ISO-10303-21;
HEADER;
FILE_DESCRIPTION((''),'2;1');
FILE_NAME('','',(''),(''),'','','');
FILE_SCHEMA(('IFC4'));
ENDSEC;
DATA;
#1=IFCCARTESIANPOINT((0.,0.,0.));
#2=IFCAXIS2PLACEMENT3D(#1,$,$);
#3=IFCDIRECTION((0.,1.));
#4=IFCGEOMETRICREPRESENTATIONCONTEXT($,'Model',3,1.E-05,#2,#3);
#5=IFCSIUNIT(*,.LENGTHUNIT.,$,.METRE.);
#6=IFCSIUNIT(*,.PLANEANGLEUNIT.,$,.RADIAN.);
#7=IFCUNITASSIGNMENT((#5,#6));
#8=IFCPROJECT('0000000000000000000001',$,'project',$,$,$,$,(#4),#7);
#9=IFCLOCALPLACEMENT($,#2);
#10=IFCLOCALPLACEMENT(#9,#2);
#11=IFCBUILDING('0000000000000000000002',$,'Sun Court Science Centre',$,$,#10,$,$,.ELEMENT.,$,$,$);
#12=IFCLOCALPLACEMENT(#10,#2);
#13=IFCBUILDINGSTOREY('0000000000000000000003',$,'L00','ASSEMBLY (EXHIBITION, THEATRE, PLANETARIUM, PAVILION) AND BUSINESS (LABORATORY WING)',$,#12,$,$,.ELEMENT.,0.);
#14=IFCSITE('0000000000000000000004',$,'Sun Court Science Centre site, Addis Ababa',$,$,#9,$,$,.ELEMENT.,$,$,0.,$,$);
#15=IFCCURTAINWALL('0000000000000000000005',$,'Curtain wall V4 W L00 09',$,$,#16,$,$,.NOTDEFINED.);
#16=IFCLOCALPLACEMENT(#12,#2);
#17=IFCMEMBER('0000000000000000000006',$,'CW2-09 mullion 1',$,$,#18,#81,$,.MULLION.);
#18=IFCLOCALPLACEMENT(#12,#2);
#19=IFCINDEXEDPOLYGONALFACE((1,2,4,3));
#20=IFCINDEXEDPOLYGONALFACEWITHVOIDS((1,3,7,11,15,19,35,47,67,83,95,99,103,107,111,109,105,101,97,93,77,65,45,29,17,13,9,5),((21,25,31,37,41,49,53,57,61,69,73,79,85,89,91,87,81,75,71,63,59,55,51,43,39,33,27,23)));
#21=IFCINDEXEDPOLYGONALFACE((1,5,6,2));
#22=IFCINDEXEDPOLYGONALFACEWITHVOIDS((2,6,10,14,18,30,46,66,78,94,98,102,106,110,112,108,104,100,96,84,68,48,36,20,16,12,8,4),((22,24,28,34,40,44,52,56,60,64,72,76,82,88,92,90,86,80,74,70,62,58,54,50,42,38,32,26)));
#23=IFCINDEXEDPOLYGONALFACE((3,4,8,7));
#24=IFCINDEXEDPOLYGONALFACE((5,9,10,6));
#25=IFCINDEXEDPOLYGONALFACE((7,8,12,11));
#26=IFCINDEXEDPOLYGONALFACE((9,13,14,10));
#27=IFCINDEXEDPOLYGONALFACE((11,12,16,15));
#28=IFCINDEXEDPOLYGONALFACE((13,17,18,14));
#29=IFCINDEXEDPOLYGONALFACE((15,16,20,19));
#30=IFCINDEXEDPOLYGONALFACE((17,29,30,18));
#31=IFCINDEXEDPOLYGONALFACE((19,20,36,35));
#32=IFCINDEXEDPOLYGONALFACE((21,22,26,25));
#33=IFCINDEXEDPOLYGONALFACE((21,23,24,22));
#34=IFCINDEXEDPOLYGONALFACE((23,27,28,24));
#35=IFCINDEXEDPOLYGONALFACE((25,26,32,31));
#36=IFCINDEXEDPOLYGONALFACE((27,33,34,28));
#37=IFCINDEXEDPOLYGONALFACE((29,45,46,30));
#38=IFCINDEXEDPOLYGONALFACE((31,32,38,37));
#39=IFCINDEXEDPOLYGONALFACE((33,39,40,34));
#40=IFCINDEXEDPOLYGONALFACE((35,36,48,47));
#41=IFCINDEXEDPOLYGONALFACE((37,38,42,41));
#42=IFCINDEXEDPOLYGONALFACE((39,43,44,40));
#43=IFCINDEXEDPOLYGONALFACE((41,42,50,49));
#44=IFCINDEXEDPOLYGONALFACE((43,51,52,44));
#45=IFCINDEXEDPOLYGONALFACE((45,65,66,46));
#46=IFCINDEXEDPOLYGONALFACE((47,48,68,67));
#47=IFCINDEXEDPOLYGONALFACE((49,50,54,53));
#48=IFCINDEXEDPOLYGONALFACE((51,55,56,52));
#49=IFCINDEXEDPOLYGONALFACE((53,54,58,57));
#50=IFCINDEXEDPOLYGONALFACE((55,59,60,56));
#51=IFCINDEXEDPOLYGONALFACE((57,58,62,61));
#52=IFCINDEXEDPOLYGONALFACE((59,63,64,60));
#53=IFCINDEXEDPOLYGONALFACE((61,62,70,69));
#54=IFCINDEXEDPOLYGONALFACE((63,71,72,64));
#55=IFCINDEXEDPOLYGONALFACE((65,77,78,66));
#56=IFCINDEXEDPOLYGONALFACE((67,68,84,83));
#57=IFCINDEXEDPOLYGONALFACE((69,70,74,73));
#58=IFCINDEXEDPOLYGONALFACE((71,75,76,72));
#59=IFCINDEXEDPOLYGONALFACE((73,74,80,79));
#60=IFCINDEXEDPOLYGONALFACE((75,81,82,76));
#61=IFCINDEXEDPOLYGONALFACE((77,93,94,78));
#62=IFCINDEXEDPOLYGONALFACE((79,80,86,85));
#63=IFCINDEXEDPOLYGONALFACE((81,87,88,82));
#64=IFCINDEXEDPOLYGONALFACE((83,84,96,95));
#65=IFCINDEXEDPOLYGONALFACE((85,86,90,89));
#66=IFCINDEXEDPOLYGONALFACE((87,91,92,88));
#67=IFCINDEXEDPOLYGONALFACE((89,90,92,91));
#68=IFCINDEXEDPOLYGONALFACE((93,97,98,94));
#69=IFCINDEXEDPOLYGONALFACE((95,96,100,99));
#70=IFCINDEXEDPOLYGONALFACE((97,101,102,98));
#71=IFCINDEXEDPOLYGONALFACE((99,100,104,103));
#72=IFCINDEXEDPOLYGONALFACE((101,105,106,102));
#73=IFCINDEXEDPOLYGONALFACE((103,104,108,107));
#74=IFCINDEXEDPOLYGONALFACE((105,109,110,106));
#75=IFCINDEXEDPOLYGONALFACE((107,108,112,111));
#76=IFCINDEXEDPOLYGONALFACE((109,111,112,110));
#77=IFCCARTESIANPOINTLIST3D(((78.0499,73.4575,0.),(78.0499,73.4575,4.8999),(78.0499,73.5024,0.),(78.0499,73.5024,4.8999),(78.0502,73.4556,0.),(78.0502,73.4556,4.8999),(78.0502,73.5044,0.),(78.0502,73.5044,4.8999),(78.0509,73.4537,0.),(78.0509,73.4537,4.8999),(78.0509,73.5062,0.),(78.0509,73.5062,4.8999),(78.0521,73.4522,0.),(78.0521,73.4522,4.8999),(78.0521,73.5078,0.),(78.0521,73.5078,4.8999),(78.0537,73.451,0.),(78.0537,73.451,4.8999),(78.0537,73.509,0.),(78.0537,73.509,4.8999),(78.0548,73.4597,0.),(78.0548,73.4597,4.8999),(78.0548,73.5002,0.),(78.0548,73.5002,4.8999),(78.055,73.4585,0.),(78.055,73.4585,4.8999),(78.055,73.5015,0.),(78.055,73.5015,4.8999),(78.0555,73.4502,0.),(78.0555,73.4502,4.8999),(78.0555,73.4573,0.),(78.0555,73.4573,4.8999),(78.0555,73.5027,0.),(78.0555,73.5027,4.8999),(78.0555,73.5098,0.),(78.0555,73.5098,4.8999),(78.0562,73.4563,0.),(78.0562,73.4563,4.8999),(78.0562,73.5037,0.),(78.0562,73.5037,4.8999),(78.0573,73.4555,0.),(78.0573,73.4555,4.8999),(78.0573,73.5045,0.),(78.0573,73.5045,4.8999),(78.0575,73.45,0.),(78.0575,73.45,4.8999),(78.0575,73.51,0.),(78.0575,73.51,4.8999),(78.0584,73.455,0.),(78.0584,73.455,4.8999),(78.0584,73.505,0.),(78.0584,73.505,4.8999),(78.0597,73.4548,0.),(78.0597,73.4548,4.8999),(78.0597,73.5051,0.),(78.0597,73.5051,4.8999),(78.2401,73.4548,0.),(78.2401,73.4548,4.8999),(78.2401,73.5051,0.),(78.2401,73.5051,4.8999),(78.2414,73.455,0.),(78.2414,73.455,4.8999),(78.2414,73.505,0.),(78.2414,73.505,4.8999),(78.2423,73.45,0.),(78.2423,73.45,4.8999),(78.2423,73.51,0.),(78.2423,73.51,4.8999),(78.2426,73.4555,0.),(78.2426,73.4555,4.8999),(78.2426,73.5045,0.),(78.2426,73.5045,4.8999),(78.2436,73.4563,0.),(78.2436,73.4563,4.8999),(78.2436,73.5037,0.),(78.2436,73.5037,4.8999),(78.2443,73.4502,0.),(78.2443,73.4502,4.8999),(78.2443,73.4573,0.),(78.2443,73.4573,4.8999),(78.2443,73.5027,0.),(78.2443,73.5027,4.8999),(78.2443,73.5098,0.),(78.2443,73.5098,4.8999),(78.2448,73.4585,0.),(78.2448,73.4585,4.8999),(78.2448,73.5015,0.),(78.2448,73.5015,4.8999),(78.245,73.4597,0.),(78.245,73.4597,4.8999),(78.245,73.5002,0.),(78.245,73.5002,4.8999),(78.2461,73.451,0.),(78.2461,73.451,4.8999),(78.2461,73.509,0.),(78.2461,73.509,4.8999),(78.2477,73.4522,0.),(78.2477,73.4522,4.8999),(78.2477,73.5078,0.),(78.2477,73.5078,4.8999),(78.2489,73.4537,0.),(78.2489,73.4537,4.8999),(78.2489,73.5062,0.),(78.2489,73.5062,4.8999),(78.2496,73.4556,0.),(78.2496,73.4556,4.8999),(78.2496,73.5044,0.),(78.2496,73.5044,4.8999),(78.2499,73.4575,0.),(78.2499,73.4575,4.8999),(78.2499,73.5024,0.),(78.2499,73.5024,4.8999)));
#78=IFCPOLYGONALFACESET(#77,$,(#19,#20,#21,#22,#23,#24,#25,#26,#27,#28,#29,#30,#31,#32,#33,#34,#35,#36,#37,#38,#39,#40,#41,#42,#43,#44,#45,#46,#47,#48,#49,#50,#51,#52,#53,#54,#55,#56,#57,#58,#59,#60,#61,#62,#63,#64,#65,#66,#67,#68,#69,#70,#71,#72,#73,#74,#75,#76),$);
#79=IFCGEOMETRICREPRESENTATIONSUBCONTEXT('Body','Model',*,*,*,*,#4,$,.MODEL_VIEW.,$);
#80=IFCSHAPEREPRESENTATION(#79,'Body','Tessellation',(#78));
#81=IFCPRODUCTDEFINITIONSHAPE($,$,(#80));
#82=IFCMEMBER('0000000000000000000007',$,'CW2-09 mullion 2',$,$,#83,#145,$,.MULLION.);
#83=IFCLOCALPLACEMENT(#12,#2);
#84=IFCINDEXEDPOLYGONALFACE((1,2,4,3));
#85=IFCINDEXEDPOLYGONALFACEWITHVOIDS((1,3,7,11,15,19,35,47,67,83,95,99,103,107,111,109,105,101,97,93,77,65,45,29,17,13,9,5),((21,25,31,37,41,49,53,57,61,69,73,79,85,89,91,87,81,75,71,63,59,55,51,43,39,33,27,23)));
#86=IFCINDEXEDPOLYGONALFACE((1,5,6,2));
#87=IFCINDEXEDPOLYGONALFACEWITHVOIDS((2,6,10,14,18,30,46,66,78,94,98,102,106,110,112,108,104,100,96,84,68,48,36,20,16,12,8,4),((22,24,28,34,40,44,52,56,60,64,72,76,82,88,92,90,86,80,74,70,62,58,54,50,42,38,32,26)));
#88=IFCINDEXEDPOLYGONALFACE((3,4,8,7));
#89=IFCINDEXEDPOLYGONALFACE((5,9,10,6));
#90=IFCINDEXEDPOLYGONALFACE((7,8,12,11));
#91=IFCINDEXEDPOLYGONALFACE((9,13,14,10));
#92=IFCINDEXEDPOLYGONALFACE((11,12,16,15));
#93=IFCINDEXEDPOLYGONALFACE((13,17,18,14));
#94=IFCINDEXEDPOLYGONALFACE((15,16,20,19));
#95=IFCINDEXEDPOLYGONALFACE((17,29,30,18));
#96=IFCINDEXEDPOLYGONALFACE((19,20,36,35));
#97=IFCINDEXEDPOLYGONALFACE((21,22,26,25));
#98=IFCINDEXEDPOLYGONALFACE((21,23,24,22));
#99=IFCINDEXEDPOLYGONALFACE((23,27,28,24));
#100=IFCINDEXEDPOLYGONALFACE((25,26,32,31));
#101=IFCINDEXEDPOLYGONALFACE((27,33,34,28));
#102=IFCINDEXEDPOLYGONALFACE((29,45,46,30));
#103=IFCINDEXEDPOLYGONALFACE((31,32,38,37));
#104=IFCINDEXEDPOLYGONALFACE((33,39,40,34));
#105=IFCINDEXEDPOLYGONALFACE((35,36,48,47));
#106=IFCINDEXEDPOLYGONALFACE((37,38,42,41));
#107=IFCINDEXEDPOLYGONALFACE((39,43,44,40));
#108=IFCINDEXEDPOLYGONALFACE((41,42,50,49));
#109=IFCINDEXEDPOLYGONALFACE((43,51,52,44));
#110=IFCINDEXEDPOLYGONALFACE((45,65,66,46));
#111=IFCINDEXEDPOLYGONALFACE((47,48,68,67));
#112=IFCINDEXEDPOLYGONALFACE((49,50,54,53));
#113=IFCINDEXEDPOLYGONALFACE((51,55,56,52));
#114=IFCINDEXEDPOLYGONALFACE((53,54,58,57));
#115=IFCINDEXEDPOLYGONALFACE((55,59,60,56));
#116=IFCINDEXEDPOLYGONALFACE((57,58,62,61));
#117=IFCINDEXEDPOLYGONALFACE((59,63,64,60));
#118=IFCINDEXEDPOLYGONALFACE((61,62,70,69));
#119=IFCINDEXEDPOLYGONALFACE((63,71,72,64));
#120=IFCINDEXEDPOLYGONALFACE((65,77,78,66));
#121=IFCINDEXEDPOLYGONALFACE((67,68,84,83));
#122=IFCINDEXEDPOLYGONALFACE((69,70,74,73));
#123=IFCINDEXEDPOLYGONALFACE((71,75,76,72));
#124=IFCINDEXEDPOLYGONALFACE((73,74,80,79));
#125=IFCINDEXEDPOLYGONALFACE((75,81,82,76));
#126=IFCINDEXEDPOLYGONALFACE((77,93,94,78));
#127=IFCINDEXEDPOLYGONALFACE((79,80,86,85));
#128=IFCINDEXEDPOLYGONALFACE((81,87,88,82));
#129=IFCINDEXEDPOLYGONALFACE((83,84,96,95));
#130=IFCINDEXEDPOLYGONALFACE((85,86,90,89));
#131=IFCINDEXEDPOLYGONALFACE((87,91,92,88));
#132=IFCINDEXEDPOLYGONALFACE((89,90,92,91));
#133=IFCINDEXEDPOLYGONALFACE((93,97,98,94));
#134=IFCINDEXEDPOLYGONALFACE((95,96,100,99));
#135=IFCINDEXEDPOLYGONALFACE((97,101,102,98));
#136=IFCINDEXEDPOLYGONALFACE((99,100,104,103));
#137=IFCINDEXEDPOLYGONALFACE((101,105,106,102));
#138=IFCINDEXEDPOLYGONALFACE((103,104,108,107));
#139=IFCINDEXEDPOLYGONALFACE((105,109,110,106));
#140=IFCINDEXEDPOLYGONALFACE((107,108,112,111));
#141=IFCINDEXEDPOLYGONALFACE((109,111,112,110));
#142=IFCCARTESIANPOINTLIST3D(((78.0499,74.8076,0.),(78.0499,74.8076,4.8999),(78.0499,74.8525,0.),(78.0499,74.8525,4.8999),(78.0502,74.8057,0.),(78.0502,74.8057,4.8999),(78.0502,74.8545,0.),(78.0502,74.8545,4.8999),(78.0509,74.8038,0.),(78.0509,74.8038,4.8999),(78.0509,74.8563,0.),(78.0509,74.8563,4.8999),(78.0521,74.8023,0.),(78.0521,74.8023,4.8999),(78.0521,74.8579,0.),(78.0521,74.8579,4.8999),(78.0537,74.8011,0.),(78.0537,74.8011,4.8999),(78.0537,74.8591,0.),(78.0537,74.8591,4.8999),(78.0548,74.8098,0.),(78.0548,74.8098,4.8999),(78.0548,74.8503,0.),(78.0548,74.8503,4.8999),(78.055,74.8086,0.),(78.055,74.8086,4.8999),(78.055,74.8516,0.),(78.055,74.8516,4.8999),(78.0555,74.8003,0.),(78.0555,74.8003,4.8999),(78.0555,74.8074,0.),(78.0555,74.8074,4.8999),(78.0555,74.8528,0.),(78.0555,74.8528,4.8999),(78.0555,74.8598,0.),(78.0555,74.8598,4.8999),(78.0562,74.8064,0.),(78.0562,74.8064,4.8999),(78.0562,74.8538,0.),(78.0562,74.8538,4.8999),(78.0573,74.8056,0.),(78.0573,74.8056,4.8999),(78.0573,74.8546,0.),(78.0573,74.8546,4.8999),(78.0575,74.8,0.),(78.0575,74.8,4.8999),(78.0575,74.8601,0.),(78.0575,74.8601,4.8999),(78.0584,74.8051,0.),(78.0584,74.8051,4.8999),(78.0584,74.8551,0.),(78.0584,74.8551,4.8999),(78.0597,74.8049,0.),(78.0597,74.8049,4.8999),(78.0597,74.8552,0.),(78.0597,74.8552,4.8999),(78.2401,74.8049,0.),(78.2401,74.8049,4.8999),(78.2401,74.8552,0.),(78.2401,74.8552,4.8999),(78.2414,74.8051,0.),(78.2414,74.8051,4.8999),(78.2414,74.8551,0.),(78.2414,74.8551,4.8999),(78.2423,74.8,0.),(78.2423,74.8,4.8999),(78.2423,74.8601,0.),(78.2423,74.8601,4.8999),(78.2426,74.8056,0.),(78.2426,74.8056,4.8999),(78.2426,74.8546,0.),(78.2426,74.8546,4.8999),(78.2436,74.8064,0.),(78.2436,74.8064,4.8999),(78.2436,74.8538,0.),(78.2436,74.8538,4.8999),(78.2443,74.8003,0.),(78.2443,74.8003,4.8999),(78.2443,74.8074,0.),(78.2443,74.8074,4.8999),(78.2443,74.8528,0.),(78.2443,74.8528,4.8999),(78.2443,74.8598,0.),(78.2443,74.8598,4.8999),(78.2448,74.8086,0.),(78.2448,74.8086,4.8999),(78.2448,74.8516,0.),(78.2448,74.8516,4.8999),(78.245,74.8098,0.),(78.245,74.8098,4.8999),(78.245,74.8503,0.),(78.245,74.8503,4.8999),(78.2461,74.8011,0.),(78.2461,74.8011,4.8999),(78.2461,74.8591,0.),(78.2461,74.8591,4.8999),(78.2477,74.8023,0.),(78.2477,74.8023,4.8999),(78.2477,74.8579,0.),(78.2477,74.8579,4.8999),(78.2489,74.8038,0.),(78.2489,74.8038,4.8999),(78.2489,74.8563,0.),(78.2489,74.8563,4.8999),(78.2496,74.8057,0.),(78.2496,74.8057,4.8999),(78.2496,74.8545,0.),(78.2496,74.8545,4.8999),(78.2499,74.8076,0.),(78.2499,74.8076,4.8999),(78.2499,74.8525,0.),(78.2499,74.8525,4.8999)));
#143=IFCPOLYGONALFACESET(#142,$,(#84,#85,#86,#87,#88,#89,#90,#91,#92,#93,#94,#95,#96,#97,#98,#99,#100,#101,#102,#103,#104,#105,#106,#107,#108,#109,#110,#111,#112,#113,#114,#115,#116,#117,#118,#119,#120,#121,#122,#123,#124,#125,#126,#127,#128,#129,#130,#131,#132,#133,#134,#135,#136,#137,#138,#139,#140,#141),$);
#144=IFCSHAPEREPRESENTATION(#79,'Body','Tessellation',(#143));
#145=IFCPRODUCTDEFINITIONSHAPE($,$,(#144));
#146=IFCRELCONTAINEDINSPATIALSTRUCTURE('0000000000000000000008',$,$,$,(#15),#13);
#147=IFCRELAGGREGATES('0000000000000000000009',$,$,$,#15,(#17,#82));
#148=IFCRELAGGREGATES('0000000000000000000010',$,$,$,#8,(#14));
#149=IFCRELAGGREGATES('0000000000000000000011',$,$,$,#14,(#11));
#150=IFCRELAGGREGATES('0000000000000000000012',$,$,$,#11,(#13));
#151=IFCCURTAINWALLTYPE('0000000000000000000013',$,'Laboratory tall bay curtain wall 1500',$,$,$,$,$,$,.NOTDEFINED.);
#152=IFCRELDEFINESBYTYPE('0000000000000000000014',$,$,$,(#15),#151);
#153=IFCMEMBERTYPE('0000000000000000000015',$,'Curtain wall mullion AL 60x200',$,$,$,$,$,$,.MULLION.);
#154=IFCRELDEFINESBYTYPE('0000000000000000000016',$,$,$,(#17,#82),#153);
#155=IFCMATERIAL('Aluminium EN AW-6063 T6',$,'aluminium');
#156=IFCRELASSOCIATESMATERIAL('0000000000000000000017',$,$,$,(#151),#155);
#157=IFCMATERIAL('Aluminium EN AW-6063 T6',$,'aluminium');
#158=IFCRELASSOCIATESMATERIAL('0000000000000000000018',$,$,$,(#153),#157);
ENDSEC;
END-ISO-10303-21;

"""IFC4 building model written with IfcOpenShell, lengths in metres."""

from ifc_helpers import new_model, si_unit, direction, frame, origin, origin_2d, place, context, subcontext, project, spatial, hollow_rectangle, extrude, material, material_profile, profile_set, type_object, element, aggregate, save


model = new_model("IFC4")

# Units and contexts
model_context = context("Model", 3, precision=1e-05, world=origin(), true_north=direction((0.0, 1.0)))
body_context = subcontext(model_context, "Body", "Model", "MODEL_VIEW")
ifc_project = project(units=[si_unit("LENGTHUNIT", "METRE"), si_unit("PLANEANGLEUNIT", "RADIAN")], contexts=[model_context])

# Site, building, storey
site_placement = place(None, origin())
site = spatial("IfcSite", under=ifc_project, at=site_placement, Name="Sun Court Science Centre site, Addis Ababa", CompositionType="ELEMENT", RefElevation=0.0)
building_placement = place(site_placement, origin())
building = spatial("IfcBuilding", under=site, at=building_placement, Name="Sun Court Science Centre", CompositionType="ELEMENT")
storey_placement = place(building_placement, origin())
storey = spatial("IfcBuildingStorey", under=building, at=storey_placement, Name="L00", Description="ASSEMBLY (EXHIBITION, THEATRE, PLANETARIUM, PAVILION) AND BUSINESS (LABORATORY WING)", CompositionType="ELEMENT", Elevation=0.0)

# Curtain wall, members
ifc_material_1 = material(Name="Aluminium EN AW-6063 T6", Category="aluminium")
curtain_wall_type = type_object("IfcCurtainWallType", Name="Laboratory tall bay curtain wall 1500", PredefinedType="NOTDEFINED", material=ifc_material_1)
ifc_material_2 = material(Name="Aluminium EN AW-6063 T6", Category="aluminium")
ifc_material_profile_1 = material_profile(ifc_material_2, hollow_rectangle(XDim=0.0601, YDim=0.2, WallThickness=0.0049, InnerFilletRadius=0.0049, OuterFilletRadius=0.0076, at=origin_2d()), Name="AL 60x200x5")
ifc_profile_set_1 = profile_set([ifc_material_profile_1], Name="Aluminium EN AW-6063 T6")
member_type_1 = type_object("IfcMemberType", Name="Curtain wall mullion AL 60x200", PredefinedType="MULLION", material=ifc_profile_set_1)
curtain_wall_1_placement = place(storey_placement, origin())
curtain_wall_1 = element("IfcCurtainWall", 1, at=curtain_wall_1_placement, inside=storey, type_object=curtain_wall_type, Name="Curtain wall V4 W L00 09", PredefinedType="NOTDEFINED")
member_1_placement = place(storey_placement, frame((78.1499, 73.48, 0.0), z_axis=(0.0, 0.0, 1.0), x_axis=(0.0, 1.0, 0.0)))
member_1 = element("IfcMember", 2, at=member_1_placement, type_object=member_type_1, Name="CW2-09 mullion 1", PredefinedType="MULLION", context=body_context, shape_type="SweptSolid", body=[
    extrude(hollow_rectangle(XDim=0.0601, YDim=0.2, WallThickness=0.0049, InnerFilletRadius=0.0049, OuterFilletRadius=0.0076, at=origin_2d()), origin(), (0.0, 0.0, 1.0), 4.8999),
])
member_2_placement = place(storey_placement, frame((78.1499, 74.8301, 0.0), z_axis=(0.0, 0.0, 1.0), x_axis=(0.0, 1.0, 0.0)))
member_2 = element("IfcMember", 3, at=member_2_placement, type_object=member_type_1, Name="CW2-09 mullion 2", PredefinedType="MULLION", context=body_context, shape_type="SweptSolid", body=[
    extrude(hollow_rectangle(XDim=0.0601, YDim=0.2, WallThickness=0.0049, InnerFilletRadius=0.0049, OuterFilletRadius=0.0076, at=origin_2d()), origin(), (0.0, 0.0, 1.0), 4.8999),
])

aggregate(curtain_wall_1, [member_1, member_2])

save(model, "model.ifc")
